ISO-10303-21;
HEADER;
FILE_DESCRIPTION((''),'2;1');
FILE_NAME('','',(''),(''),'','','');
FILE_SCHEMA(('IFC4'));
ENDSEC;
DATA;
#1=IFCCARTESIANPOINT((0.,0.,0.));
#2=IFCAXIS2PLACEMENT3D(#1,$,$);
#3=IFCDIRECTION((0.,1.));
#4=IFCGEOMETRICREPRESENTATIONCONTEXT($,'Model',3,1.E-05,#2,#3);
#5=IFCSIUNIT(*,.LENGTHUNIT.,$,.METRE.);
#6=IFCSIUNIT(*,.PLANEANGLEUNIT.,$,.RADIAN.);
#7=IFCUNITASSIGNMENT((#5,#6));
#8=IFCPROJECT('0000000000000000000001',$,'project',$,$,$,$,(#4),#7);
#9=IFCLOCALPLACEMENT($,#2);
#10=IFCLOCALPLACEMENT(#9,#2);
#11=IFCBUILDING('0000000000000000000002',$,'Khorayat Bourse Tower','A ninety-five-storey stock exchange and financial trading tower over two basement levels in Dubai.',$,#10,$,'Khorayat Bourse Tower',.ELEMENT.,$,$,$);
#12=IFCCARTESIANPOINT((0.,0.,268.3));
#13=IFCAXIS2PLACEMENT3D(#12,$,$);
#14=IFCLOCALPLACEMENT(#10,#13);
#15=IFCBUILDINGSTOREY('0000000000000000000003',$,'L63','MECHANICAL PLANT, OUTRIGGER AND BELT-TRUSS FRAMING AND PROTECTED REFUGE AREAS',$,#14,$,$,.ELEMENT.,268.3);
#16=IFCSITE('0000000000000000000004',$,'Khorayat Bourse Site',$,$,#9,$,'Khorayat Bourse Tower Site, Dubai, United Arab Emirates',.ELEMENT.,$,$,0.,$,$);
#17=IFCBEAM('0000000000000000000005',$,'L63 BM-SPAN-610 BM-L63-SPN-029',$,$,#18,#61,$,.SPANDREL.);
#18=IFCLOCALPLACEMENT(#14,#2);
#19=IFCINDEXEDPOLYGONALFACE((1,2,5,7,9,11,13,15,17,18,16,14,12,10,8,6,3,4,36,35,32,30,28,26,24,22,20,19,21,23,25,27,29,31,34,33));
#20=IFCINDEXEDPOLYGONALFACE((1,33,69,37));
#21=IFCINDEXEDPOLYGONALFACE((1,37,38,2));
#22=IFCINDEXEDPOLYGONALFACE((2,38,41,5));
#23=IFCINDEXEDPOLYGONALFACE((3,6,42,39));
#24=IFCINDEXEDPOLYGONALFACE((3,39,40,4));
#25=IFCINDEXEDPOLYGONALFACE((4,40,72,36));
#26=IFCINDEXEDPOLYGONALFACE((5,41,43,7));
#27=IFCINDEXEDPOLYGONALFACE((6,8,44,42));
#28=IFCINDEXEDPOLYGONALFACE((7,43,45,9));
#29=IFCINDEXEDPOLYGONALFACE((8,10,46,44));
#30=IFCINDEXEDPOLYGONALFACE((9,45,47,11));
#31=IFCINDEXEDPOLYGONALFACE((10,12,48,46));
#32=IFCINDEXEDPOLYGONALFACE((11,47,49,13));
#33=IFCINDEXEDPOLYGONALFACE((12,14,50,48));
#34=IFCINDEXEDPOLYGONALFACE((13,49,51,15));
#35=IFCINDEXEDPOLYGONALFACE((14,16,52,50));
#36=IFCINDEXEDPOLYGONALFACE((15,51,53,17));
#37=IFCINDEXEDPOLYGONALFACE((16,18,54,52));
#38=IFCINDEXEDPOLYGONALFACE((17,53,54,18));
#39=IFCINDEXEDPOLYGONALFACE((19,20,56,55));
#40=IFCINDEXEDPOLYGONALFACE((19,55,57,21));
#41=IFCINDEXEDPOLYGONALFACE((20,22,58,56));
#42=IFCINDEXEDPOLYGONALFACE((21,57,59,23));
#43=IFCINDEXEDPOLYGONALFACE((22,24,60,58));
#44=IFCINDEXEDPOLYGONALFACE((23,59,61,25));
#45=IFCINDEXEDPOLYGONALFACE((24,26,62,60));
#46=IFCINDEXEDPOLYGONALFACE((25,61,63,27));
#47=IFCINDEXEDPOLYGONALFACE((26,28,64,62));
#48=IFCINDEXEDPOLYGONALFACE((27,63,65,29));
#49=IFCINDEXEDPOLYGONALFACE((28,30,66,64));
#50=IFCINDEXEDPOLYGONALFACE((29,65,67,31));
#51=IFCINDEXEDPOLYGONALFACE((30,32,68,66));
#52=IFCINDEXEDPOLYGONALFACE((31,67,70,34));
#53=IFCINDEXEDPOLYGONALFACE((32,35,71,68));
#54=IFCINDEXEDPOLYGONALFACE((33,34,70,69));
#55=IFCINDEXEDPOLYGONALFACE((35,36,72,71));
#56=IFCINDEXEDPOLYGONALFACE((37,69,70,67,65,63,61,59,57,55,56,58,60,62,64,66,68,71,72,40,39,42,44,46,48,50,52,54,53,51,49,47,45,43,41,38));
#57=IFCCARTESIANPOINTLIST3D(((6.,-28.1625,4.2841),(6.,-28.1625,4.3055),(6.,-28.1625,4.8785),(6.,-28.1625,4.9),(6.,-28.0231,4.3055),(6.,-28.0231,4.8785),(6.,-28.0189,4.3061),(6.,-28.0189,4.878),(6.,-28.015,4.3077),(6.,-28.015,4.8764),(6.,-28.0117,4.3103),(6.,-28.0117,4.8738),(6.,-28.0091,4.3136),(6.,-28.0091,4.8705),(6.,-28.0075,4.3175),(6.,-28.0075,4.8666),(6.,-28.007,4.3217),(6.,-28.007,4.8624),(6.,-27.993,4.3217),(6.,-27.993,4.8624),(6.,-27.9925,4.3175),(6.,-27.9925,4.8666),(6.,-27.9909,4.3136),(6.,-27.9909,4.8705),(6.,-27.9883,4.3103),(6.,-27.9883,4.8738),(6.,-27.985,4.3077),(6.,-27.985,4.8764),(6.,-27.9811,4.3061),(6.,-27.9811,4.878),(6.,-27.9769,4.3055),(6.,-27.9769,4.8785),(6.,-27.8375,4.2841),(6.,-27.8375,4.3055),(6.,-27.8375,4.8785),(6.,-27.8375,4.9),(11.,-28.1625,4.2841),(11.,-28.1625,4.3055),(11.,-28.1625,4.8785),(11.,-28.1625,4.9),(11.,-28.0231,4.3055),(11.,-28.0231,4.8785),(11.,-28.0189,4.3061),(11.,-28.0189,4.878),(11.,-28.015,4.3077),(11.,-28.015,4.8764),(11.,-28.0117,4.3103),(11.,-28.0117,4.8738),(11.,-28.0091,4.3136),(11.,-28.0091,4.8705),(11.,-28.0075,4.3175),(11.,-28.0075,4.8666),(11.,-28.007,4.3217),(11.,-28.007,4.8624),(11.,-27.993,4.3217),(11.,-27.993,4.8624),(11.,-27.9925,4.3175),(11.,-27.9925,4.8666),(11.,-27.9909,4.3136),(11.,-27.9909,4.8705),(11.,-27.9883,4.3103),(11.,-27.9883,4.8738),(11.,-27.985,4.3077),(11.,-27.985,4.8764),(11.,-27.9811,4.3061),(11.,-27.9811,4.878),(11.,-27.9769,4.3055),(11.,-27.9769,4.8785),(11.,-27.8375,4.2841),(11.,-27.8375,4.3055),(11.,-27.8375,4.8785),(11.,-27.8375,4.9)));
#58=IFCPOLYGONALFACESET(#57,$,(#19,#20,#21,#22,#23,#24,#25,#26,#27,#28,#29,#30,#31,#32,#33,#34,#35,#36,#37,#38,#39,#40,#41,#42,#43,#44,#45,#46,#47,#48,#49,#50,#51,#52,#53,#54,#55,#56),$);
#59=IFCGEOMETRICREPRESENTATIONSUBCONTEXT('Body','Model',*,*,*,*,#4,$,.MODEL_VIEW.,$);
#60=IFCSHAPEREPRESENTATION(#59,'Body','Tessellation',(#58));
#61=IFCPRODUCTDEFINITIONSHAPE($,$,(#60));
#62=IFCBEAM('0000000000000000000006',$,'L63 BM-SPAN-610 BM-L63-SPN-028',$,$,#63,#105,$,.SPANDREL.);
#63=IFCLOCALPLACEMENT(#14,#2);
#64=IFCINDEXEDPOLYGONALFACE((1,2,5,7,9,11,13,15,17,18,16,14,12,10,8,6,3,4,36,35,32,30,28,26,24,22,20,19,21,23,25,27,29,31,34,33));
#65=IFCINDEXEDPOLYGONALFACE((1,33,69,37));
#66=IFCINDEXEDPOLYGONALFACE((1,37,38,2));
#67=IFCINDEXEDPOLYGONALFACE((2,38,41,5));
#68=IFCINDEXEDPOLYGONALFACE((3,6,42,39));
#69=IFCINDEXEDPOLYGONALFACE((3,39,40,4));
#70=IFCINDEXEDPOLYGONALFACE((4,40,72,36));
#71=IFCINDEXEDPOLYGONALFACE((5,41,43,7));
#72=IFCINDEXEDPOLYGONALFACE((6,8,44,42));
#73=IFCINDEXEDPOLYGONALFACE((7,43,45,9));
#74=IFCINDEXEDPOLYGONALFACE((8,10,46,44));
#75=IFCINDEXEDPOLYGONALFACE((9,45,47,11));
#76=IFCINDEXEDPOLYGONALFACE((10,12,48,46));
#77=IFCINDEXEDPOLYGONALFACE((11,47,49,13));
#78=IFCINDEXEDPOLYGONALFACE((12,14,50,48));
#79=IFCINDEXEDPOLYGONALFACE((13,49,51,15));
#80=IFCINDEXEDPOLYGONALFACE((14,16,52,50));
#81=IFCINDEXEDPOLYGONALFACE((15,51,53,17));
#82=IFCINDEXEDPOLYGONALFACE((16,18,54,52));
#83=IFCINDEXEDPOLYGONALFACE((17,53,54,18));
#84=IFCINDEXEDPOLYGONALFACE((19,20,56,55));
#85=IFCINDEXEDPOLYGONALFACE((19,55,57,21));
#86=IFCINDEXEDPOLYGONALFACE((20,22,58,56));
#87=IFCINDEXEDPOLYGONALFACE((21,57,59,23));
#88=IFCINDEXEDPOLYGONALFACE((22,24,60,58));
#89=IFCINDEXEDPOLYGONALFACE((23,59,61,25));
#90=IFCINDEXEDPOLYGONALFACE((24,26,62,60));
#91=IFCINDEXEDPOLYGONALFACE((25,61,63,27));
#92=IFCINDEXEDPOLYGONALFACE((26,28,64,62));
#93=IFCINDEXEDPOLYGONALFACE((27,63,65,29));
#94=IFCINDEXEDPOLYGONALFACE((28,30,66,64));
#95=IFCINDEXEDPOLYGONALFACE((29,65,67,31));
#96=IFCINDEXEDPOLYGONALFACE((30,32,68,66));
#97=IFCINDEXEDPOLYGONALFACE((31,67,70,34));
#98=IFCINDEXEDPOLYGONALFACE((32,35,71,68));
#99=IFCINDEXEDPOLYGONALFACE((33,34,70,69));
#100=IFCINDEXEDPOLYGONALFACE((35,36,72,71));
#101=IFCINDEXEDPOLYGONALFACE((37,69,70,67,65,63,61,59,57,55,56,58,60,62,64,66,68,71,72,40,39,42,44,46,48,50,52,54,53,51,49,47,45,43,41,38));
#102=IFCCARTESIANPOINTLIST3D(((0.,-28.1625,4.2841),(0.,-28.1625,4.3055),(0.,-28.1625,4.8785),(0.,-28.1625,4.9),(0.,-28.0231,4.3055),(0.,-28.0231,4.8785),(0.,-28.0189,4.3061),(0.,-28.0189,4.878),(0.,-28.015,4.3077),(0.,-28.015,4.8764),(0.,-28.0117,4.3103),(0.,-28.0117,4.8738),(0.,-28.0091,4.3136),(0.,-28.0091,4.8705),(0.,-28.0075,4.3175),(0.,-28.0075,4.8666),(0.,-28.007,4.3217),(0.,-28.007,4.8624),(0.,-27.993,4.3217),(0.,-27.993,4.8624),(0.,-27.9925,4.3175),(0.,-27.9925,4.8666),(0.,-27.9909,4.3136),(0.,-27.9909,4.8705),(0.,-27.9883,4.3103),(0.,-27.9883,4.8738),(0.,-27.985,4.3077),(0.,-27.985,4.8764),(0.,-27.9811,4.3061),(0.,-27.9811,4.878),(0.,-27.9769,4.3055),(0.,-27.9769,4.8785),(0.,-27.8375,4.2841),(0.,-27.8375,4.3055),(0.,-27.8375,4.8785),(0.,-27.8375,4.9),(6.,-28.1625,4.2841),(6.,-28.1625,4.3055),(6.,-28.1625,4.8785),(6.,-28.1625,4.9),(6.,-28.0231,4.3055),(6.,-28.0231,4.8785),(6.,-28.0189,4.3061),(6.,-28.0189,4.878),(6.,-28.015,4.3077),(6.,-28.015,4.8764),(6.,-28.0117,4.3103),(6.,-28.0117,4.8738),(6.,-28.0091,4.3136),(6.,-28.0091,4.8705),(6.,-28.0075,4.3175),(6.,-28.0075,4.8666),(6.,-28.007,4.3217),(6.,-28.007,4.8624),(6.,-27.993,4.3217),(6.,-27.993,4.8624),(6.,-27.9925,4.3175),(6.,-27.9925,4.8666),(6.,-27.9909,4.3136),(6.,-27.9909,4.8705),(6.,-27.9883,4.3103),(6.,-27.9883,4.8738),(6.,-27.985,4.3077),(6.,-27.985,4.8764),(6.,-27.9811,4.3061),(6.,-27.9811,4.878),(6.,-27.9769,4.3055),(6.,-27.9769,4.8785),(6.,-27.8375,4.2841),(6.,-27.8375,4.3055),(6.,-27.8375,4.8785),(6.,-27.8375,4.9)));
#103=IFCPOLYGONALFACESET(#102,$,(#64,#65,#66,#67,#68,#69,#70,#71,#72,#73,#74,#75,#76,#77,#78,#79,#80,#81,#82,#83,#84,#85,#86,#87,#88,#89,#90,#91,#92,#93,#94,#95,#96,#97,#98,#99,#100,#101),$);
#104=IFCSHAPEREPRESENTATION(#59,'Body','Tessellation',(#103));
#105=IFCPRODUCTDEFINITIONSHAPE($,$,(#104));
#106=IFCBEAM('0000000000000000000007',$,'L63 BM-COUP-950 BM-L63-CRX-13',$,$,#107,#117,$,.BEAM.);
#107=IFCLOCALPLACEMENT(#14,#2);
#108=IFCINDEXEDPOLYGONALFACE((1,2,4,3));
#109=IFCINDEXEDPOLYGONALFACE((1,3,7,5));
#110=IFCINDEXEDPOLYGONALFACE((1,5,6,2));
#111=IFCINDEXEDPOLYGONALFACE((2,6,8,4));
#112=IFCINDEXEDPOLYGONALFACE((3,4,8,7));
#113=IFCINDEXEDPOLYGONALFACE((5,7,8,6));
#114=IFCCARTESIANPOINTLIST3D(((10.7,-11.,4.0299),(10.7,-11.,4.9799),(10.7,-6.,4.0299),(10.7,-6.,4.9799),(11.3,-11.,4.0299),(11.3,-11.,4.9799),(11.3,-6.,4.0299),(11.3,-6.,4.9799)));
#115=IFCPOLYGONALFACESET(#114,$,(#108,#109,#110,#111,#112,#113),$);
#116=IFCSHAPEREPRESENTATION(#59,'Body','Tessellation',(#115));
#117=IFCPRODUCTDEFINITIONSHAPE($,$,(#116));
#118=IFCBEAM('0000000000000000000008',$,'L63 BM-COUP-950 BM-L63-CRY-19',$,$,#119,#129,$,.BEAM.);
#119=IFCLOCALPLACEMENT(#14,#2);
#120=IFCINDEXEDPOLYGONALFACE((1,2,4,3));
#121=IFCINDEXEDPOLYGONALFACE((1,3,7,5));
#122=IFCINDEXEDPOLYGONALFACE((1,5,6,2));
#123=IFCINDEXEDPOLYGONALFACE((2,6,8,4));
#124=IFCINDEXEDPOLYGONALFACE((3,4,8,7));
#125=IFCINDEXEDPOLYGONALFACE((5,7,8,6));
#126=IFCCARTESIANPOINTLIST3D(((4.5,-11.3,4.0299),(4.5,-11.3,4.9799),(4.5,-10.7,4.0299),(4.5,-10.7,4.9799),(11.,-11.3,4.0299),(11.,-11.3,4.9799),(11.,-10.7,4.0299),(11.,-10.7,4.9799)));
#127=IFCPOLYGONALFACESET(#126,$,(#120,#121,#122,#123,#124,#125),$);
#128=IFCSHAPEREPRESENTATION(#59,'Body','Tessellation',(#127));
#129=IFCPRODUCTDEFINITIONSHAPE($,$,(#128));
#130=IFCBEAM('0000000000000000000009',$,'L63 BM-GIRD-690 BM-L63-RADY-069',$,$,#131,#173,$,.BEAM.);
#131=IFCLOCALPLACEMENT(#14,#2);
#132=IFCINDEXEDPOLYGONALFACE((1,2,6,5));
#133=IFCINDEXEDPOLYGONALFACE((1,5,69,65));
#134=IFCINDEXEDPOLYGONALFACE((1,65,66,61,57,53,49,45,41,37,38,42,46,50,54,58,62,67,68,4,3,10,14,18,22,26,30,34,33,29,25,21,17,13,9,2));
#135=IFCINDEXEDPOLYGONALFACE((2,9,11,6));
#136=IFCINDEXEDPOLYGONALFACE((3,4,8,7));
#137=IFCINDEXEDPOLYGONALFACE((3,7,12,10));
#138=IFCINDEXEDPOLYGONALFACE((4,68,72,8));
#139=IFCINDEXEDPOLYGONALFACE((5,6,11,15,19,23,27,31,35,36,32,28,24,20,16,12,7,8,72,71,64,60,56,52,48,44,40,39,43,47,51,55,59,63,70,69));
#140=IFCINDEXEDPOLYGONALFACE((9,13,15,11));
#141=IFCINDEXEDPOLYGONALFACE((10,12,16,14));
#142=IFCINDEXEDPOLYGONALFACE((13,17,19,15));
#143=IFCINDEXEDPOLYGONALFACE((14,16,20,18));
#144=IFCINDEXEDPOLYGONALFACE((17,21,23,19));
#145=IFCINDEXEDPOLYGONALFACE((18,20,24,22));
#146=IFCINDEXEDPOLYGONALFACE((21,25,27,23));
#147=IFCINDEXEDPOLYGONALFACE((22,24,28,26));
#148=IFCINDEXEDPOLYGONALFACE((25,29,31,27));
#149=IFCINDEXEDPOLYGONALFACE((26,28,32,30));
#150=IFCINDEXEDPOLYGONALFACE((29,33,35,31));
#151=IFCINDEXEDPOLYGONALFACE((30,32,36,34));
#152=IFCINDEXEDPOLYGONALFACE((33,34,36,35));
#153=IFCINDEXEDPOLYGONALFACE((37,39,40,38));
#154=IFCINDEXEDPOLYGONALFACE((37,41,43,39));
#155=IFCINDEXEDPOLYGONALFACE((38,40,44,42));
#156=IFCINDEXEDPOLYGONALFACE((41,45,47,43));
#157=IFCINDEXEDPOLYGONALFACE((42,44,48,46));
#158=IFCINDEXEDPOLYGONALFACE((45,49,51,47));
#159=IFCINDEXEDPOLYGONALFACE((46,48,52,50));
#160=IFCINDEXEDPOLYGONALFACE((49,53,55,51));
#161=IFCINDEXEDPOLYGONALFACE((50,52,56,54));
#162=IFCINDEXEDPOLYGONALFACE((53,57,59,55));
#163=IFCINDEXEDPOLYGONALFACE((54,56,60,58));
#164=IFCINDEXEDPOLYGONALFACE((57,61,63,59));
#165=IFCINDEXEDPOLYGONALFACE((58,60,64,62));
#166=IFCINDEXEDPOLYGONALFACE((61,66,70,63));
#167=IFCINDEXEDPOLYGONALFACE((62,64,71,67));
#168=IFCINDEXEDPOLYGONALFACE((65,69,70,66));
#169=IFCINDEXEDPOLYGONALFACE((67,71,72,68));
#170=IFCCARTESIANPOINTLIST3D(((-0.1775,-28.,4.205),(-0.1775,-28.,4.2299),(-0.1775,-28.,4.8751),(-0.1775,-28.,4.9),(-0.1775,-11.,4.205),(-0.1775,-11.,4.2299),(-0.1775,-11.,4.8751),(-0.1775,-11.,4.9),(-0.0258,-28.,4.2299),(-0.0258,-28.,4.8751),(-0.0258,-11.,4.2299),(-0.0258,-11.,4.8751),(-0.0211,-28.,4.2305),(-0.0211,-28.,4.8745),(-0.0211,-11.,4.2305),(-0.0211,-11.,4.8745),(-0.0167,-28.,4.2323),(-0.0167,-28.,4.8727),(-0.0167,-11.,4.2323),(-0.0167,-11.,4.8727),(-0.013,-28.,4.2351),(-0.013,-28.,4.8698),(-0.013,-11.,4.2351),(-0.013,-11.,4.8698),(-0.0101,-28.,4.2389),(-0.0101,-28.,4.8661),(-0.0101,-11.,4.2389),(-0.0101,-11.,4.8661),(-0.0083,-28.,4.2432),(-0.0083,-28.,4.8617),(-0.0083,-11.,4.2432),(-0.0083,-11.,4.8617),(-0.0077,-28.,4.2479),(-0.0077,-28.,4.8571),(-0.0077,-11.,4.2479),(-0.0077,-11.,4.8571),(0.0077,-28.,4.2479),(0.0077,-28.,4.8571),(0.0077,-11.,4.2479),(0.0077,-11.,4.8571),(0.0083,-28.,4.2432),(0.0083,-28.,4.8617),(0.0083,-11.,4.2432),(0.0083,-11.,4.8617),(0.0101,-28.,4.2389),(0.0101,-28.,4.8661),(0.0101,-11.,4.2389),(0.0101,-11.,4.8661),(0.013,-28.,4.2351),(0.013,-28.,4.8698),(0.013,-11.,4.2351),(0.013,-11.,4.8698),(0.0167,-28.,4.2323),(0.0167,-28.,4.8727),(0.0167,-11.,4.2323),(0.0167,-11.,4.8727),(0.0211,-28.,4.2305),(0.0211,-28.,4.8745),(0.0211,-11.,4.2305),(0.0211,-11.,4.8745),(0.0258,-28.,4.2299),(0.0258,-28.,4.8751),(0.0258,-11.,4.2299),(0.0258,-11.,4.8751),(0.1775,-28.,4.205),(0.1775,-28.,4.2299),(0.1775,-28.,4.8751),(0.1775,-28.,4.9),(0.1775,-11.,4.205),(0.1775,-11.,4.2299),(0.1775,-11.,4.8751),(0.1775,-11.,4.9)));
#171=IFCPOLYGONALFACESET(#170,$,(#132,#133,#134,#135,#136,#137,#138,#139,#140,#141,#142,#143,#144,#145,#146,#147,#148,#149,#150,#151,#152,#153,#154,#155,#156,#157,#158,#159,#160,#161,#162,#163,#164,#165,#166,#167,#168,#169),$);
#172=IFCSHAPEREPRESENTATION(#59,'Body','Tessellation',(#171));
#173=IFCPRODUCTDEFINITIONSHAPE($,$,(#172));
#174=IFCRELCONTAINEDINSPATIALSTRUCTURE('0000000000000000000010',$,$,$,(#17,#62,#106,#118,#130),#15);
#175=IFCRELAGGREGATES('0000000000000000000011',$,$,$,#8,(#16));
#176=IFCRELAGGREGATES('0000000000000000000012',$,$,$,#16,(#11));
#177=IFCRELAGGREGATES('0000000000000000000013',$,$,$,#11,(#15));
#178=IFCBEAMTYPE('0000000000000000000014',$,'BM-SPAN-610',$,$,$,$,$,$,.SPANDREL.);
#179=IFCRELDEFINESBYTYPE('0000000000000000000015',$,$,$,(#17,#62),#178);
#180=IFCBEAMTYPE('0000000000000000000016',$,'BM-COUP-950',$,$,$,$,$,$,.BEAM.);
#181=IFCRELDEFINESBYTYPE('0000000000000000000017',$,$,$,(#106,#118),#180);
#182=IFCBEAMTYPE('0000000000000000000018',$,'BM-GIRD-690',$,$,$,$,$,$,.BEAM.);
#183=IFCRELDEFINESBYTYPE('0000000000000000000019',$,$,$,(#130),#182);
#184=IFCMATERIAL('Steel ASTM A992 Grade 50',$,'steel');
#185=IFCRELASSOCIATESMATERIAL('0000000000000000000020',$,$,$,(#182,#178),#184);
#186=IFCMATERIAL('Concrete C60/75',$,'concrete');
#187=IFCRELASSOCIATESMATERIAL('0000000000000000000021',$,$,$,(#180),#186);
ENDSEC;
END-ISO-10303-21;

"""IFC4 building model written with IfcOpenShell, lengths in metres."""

from ifc_helpers import new_model, si_unit, direction, frame, origin, origin_2d, place, context, subcontext, project, spatial, rectangle, i_section, extrude, source, transform, mapped, material, material_profile, profile_set, type_object, element, save


model = new_model("IFC4")

# Units and contexts
model_context = context("Model", 3, precision=1e-05, world=origin(), true_north=direction((0.0, 1.0)))
body_context = subcontext(model_context, "Body", "Model", "MODEL_VIEW")
ifc_project = project(units=[si_unit("LENGTHUNIT", "METRE"), si_unit("PLANEANGLEUNIT", "RADIAN")], contexts=[model_context])

# Site, building, storey
site_placement = place(None, origin())
site = spatial("IfcSite", under=ifc_project, at=site_placement, Name="Khorayat Bourse Site", LongName="Khorayat Bourse Tower Site, Dubai, United Arab Emirates", CompositionType="ELEMENT", RefElevation=0.0)
building_placement = place(site_placement, origin())
building = spatial("IfcBuilding", under=site, at=building_placement, Name="Khorayat Bourse Tower", Description="A ninety-five-storey stock exchange and financial trading tower over two basement levels in Dubai.", LongName="Khorayat Bourse Tower", CompositionType="ELEMENT")
storey_placement = place(building_placement, frame((0.0, 0.0, 268.3)))
storey = spatial("IfcBuildingStorey", under=building, at=storey_placement, Name="L63", Description="MECHANICAL PLANT, OUTRIGGER AND BELT-TRUSS FRAMING AND PROTECTED REFUGE AREAS", CompositionType="ELEMENT", Elevation=268.3)

# Beams
ifc_material_1 = material(Name="Steel ASTM A992 Grade 50", Category="steel")
ifc_material_profile_1 = material_profile(ifc_material_1, i_section(OverallWidth=0.355, OverallDepth=0.6951, WebThickness=0.0154, FlangeThickness=0.0249, FilletRadius=0.0181, at=origin_2d()), Name="W690X217")
ifc_profile_set_1 = profile_set([ifc_material_profile_1], Name="Steel ASTM A992 Grade 50")
beam_type_1 = type_object("IfcBeamType", Name="BM-GIRD-690", PredefinedType="BEAM", material=ifc_profile_set_1)
ifc_material_profile_2 = material_profile(ifc_material_1, i_section(OverallWidth=0.325, OverallDepth=0.616, WebThickness=0.0139, FlangeThickness=0.0215, FilletRadius=0.0161, at=origin_2d()), Name="W610X174")
ifc_profile_set_2 = profile_set([ifc_material_profile_2], Name="Steel ASTM A992 Grade 50")
beam_type_2 = type_object("IfcBeamType", Name="BM-SPAN-610", PredefinedType="SPANDREL", material=ifc_profile_set_2)
shared_shape_1 = source(origin(), body_context, "Body", "SweptSolid", [
    extrude(i_section(OverallWidth=0.325, OverallDepth=0.616, WebThickness=0.0139, FlangeThickness=0.0215, FilletRadius=0.0161, at=origin_2d()), origin(), (0.0, 0.0, 1.0), 5.0),
])
beam_1_placement = place(storey_placement, frame((6.0, -28.0, 4.592), z_axis=(1.0, 0.0, 0.0), x_axis=(0.0, 1.0, 0.0)))
element("IfcBeam", 1, at=beam_1_placement, inside=storey, type_object=beam_type_2, Name="L63 BM-SPAN-610 BM-L63-SPN-029", PredefinedType="SPANDREL", context=body_context, shape_type="MappedRepresentation", body=[
    mapped(shared_shape_1, transform((0.0, 0.0, 0.0), scale=1.0)),
])
shared_shape_2 = source(origin(), body_context, "Body", "SweptSolid", [
    extrude(i_section(OverallWidth=0.325, OverallDepth=0.616, WebThickness=0.0139, FlangeThickness=0.0215, FilletRadius=0.0161, at=origin_2d()), origin(), (0.0, 0.0, 1.0), 6.0),
])
beam_2_placement = place(storey_placement, frame((0.0, -28.0, 4.592), z_axis=(1.0, 0.0, 0.0), x_axis=(0.0, 1.0, 0.0)))
element("IfcBeam", 2, at=beam_2_placement, inside=storey, type_object=beam_type_2, Name="L63 BM-SPAN-610 BM-L63-SPN-028", PredefinedType="SPANDREL", context=body_context, shape_type="MappedRepresentation", body=[
    mapped(shared_shape_2, transform((0.0, 0.0, 0.0), scale=1.0)),
])
ifc_material_2 = material(Name="Concrete C60/75", Category="concrete")
ifc_material_profile_3 = material_profile(ifc_material_2, rectangle(XDim=0.6001, YDim=0.95, at=origin_2d()), Name="RC 600x950")
ifc_profile_set_3 = profile_set([ifc_material_profile_3], Name="Concrete C60/75")
beam_type_3 = type_object("IfcBeamType", Name="BM-COUP-950", PredefinedType="BEAM", material=ifc_profile_set_3)
shared_shape_3 = source(origin(), body_context, "Body", "SweptSolid", [
    extrude(rectangle(XDim=0.6001, YDim=0.95, at=origin_2d()), origin(), (0.0, 0.0, 1.0), 5.0),
])
beam_3_placement = place(storey_placement, frame((11.0, -11.0, 4.5049), z_axis=(0.0, 1.0, 0.0), x_axis=(-1.0, 0.0, 0.0)))
element("IfcBeam", 3, at=beam_3_placement, inside=storey, type_object=beam_type_3, Name="L63 BM-COUP-950 BM-L63-CRX-13", PredefinedType="BEAM", context=body_context, shape_type="MappedRepresentation", body=[
    mapped(shared_shape_3, transform((0.0, 0.0, 0.0), scale=1.0)),
])
shared_shape_4 = source(origin(), body_context, "Body", "SweptSolid", [
    extrude(rectangle(XDim=0.6001, YDim=0.95, at=origin_2d()), origin(), (0.0, 0.0, 1.0), 6.5),
])
beam_4_placement = place(storey_placement, frame((4.5, -11.0, 4.5049), z_axis=(1.0, 0.0, 0.0), x_axis=(0.0, 1.0, 0.0)))
element("IfcBeam", 4, at=beam_4_placement, inside=storey, type_object=beam_type_3, Name="L63 BM-COUP-950 BM-L63-CRY-19", PredefinedType="BEAM", context=body_context, shape_type="MappedRepresentation", body=[
    mapped(shared_shape_4, transform((0.0, 0.0, 0.0), scale=1.0)),
])
shared_shape_5 = source(origin(), body_context, "Body", "SweptSolid", [
    extrude(i_section(OverallWidth=0.355, OverallDepth=0.6951, WebThickness=0.0154, FlangeThickness=0.0249, FilletRadius=0.0181, at=origin_2d()), origin(), (0.0, 0.0, 1.0), 17.0),
])
for number, where, z_axis, x_axis, name in (
    (5, (0.0, -28.0, 4.5525), (0.0, 1.0, 0.0), (-1.0, 0.0, 0.0), "L63 BM-GIRD-690 BM-L63-RADY-069"),
):
    element("IfcBeam", number, at=place(storey_placement, frame(where, z_axis=z_axis, x_axis=x_axis)), inside=storey, type_object=beam_type_1, Name=name, PredefinedType="BEAM", context=body_context, shape_type="MappedRepresentation", body=[
        mapped(shared_shape_5, transform((0.0, 0.0, 0.0), scale=1.0)),
    ])

save(model, "model.ifc")
